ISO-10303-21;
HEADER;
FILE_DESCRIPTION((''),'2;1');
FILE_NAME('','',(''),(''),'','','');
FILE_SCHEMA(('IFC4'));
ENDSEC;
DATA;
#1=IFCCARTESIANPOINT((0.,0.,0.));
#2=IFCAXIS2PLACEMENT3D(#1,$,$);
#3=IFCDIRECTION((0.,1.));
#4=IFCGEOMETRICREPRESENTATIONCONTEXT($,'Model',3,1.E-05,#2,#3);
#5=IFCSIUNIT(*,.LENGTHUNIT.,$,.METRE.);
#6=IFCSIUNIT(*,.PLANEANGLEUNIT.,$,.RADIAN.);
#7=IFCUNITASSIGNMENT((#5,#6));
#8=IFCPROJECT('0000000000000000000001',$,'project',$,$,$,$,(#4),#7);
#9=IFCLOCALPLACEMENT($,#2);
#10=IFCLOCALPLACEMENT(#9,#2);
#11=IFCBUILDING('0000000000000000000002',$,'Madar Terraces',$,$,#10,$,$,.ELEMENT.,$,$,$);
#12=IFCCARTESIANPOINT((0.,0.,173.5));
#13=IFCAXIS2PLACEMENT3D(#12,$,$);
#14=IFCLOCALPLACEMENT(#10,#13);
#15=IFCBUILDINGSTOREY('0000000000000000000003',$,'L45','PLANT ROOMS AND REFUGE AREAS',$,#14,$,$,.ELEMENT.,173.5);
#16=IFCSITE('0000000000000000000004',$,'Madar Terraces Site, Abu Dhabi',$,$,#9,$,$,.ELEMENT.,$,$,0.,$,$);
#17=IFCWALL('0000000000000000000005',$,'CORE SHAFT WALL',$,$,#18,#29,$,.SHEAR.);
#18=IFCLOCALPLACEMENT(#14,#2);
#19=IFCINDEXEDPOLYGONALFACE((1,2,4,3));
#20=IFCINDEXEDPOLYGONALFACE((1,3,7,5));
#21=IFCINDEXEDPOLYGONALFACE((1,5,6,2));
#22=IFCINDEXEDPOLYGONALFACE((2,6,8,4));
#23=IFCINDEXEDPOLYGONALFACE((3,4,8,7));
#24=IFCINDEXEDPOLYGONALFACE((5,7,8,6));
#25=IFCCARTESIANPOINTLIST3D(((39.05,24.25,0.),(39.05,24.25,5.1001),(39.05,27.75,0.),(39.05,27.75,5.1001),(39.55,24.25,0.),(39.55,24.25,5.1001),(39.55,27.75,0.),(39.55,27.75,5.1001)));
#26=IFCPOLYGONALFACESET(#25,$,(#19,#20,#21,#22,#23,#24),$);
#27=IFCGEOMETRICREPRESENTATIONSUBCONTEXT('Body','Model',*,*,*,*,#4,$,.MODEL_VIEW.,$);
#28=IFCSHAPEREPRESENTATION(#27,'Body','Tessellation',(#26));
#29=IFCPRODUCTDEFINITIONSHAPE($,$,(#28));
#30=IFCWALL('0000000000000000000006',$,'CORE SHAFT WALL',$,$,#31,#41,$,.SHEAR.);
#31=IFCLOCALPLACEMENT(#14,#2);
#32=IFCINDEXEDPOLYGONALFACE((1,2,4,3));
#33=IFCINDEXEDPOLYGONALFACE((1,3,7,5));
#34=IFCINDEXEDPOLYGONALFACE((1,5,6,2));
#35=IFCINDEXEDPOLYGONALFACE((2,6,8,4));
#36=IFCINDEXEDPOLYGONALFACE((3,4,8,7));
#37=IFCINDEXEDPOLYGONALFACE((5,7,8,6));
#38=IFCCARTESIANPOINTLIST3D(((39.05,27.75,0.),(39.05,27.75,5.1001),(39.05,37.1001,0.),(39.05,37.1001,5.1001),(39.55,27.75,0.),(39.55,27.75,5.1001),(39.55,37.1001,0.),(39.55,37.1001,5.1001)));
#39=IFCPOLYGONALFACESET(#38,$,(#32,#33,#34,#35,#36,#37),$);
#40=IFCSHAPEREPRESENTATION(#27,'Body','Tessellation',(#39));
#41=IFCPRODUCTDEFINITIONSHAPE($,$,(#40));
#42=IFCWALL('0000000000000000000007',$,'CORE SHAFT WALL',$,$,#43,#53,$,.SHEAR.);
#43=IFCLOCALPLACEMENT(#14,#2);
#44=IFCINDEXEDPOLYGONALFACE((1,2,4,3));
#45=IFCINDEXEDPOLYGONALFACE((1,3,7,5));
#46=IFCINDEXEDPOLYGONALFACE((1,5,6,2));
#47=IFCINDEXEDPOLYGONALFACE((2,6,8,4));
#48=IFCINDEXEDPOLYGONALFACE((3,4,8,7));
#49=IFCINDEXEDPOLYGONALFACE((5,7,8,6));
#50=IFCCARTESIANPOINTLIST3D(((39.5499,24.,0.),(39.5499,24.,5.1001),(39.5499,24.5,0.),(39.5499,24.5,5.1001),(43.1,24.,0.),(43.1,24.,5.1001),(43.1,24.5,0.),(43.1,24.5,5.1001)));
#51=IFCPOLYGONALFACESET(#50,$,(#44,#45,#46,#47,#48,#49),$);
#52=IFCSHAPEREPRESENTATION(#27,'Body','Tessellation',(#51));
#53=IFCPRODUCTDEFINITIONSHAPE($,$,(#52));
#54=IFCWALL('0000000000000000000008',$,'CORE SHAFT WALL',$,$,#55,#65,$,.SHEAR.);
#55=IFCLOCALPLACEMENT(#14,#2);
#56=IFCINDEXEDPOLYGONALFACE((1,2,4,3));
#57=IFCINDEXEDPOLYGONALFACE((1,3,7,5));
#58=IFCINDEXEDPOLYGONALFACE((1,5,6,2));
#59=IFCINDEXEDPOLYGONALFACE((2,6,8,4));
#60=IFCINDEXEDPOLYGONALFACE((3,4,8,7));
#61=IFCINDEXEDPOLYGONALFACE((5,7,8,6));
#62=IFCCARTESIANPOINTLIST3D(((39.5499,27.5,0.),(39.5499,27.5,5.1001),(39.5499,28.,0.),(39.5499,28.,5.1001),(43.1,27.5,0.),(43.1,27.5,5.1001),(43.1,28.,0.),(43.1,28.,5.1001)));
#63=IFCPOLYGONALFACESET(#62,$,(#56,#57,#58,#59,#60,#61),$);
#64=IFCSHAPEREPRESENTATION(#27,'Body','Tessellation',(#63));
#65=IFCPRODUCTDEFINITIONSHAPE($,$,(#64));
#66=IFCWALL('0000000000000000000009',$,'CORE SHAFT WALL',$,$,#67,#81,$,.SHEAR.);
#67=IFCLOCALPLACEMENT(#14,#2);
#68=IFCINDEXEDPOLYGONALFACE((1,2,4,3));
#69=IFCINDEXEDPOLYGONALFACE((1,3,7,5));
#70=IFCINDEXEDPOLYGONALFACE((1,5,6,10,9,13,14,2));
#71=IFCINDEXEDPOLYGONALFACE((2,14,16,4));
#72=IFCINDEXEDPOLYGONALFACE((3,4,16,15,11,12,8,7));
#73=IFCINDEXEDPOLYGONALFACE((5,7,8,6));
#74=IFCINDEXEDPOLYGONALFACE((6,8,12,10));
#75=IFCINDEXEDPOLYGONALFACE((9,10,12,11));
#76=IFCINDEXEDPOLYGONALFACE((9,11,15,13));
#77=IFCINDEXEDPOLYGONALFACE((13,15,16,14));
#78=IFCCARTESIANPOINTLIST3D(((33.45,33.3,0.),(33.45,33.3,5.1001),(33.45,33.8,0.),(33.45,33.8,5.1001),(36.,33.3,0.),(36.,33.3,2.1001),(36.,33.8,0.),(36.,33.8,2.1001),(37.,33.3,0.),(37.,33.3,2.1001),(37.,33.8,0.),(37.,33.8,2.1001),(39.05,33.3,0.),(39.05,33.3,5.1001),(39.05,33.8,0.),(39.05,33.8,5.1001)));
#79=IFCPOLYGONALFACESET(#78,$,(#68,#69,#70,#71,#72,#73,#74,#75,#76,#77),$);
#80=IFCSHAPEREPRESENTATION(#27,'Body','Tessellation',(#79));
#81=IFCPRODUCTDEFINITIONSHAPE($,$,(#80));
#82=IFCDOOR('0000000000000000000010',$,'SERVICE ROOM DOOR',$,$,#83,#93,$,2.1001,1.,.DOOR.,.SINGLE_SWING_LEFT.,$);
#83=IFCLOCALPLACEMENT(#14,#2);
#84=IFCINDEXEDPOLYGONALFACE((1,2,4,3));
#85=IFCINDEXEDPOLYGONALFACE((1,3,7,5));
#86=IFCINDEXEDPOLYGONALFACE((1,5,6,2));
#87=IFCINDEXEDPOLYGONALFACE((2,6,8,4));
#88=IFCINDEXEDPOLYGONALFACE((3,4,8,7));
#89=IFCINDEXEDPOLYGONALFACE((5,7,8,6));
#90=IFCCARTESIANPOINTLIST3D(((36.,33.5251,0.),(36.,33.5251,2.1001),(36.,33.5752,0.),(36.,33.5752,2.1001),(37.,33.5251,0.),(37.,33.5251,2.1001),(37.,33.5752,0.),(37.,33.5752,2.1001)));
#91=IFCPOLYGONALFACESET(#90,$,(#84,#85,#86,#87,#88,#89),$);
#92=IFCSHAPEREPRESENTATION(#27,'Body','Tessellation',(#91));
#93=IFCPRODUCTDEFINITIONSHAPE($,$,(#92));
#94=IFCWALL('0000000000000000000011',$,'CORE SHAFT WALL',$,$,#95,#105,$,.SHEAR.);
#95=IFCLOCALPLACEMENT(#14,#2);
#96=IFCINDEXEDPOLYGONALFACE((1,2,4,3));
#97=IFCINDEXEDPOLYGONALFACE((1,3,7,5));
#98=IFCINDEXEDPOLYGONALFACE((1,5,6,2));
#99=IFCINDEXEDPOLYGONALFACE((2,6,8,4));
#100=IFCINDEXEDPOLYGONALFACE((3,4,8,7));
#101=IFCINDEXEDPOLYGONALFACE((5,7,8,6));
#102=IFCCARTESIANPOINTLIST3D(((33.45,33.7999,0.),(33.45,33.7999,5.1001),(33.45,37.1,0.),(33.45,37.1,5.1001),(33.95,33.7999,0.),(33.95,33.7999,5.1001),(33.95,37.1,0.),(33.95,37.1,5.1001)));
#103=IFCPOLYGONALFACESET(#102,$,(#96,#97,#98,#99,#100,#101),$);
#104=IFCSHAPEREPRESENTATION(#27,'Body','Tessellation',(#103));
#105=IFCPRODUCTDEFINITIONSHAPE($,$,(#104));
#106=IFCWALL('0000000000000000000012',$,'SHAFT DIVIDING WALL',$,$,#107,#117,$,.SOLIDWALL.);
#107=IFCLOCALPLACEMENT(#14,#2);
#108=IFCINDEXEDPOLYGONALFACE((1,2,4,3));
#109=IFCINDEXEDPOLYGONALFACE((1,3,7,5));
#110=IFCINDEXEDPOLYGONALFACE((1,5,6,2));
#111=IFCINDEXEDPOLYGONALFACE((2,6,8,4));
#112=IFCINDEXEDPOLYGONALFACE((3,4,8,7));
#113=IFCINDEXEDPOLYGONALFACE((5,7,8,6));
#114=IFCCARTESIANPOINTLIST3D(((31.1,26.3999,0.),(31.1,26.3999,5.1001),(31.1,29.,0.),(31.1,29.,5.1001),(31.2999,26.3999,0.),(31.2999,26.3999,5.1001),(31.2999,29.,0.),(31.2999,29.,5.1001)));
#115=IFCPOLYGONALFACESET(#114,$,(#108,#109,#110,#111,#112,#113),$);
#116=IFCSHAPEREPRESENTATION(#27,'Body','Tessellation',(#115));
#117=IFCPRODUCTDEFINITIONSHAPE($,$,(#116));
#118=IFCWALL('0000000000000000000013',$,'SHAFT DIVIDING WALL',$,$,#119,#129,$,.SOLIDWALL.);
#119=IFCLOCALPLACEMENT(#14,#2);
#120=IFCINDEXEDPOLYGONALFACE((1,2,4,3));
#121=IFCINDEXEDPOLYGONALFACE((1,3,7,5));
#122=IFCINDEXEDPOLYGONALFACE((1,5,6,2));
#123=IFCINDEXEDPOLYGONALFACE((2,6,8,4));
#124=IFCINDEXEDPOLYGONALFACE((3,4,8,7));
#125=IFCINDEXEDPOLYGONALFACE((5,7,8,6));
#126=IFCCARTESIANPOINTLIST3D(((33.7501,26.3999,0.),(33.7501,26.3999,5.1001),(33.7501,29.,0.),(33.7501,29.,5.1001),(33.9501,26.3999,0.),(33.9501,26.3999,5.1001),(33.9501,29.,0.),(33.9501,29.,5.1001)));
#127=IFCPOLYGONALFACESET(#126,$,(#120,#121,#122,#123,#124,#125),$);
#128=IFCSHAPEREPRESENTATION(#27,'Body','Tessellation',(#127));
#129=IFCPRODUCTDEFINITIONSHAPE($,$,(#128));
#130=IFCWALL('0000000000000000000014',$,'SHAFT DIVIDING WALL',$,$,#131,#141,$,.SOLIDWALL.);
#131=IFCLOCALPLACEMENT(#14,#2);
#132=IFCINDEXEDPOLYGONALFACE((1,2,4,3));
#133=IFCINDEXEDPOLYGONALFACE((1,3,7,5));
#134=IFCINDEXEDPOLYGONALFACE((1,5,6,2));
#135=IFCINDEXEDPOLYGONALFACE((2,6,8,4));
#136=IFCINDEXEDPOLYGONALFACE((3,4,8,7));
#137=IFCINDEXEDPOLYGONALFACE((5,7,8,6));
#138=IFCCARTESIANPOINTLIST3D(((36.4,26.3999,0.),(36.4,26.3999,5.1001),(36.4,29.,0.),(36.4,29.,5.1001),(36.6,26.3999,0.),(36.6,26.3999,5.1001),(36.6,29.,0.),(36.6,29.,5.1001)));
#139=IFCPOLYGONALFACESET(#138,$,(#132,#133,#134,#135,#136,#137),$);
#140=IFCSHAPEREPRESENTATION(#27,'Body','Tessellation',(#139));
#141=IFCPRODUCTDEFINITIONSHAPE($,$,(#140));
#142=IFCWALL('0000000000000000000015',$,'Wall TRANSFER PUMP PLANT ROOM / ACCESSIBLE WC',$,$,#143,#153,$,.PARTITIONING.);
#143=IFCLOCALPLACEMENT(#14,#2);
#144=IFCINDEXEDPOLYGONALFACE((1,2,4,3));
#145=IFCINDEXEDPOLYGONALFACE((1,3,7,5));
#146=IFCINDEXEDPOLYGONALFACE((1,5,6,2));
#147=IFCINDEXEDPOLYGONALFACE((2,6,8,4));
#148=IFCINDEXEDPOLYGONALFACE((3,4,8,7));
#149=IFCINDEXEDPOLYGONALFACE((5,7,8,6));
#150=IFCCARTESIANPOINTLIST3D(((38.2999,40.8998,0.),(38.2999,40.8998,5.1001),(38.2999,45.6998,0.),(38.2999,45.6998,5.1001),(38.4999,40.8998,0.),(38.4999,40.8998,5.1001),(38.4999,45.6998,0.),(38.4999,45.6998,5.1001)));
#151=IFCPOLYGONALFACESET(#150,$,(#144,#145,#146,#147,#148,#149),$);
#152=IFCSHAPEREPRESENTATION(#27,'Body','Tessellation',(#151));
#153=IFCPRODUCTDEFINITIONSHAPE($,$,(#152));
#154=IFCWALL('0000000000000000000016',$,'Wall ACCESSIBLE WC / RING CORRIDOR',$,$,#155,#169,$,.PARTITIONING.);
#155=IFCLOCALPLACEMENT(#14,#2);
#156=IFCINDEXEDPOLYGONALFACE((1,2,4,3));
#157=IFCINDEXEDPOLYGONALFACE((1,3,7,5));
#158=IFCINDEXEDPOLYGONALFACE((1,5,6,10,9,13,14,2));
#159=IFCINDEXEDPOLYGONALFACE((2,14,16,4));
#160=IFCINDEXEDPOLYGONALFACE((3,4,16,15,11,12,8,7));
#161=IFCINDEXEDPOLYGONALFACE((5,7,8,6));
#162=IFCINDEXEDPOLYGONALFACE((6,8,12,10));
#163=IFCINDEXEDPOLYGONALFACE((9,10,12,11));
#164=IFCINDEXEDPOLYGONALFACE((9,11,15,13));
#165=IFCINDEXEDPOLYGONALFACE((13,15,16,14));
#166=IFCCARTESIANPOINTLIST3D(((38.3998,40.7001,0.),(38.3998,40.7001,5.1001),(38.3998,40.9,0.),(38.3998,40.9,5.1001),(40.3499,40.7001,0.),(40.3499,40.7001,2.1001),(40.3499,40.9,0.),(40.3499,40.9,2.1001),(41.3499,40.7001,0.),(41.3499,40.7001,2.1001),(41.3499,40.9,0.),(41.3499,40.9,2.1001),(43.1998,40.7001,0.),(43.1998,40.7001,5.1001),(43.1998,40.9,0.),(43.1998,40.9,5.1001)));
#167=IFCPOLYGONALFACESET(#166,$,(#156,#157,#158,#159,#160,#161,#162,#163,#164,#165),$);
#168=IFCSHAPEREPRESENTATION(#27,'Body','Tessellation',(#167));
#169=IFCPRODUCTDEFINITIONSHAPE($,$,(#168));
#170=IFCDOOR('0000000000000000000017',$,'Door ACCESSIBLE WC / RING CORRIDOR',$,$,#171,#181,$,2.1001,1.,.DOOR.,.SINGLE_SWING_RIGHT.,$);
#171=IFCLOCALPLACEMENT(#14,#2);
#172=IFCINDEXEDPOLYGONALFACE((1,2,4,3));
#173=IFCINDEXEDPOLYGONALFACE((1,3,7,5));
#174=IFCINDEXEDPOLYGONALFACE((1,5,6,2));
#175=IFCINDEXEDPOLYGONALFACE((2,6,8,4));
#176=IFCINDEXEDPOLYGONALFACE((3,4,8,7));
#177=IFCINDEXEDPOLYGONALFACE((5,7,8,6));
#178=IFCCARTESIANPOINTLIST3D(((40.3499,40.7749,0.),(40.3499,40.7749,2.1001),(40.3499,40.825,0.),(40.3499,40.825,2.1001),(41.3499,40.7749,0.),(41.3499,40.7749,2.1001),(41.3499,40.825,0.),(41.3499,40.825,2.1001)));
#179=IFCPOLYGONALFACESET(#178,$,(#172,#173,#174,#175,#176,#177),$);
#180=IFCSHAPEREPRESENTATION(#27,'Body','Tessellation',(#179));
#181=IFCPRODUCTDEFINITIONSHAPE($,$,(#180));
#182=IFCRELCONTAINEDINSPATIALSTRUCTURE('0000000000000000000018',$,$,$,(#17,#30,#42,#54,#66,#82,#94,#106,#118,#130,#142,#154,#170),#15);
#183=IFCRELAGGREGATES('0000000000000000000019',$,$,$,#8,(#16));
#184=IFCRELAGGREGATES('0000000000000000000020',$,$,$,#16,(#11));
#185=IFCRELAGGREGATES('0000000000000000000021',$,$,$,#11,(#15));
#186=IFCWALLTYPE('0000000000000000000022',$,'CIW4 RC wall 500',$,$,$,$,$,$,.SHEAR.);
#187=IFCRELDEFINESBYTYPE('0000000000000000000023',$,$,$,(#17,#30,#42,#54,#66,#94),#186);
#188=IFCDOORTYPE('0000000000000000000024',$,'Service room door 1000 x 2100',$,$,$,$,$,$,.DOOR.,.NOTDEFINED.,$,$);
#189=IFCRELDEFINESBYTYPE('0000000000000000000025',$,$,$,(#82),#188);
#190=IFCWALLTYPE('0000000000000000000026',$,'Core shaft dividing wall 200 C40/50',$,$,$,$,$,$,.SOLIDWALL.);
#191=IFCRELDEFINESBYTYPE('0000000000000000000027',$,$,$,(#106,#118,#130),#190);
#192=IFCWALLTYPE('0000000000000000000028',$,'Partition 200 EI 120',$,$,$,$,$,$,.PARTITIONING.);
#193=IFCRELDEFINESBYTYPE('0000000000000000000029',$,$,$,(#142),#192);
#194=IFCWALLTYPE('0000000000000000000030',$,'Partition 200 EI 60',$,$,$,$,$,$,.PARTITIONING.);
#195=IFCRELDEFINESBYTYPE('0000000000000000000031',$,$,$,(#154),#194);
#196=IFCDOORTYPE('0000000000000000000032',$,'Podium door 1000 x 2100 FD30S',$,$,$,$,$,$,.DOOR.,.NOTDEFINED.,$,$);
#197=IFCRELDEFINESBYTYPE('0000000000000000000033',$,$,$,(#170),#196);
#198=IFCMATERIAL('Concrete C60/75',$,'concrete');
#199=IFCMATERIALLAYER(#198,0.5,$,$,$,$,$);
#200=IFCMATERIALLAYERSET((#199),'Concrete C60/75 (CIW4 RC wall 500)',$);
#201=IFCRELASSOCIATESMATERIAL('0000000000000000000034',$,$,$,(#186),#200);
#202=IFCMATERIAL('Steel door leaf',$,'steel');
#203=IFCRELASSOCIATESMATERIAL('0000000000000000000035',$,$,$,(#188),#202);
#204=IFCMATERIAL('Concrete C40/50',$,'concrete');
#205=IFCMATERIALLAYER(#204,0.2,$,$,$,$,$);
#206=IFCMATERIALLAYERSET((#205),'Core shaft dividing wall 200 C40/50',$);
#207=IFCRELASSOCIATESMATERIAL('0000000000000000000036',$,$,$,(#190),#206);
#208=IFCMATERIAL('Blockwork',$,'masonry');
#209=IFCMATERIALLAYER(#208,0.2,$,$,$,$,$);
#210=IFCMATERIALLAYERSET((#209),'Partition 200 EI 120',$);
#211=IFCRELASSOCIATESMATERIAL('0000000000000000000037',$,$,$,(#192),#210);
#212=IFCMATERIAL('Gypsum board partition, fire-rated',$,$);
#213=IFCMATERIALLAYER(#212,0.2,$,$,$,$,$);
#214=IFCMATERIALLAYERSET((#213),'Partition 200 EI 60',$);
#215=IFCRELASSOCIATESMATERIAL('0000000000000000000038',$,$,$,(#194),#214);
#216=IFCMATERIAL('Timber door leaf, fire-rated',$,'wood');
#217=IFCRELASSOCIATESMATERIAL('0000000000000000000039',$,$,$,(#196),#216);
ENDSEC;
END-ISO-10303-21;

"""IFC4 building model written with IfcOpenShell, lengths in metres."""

from ifc_helpers import new_model, si_unit, direction, frame, frame_2d, origin, place, context, subcontext, project, spatial, rectangle, extrude, material, layer, layer_set, type_object, element, fill, save


model = new_model("IFC4")

# Units and contexts
model_context = context("Model", 3, precision=1e-05, world=origin(), true_north=direction((0.0, 1.0)))
body_context = subcontext(model_context, "Body", "Model", "MODEL_VIEW")
ifc_project = project(units=[si_unit("LENGTHUNIT", "METRE"), si_unit("PLANEANGLEUNIT", "RADIAN")], contexts=[model_context])

# Site, building, storey
site_placement = place(None, origin())
site = spatial("IfcSite", under=ifc_project, at=site_placement, Name="Madar Terraces Site, Abu Dhabi", CompositionType="ELEMENT", RefElevation=0.0)
building_placement = place(site_placement, origin())
building = spatial("IfcBuilding", under=site, at=building_placement, Name="Madar Terraces", CompositionType="ELEMENT")
storey_placement = place(building_placement, frame((0.0, 0.0, 173.5)))
storey = spatial("IfcBuildingStorey", under=building, at=storey_placement, Name="L45", Description="PLANT ROOMS AND REFUGE AREAS", CompositionType="ELEMENT", Elevation=173.5)

# Walls
ifc_material_1 = material(Name="Concrete C60/75", Category="concrete")
ifc_layer_1 = layer(ifc_material_1, 0.5)
ifc_layer_set_1 = layer_set([ifc_layer_1], Name="Concrete C60/75 (CIW4 RC wall 500)")
wall_type_1 = type_object("IfcWallType", Name="CIW4 RC wall 500", PredefinedType="SHEAR", material=ifc_layer_set_1)
wall_1_placement = place(storey_placement, frame((39.3, 24.25, 0.0), z_axis=(0.0, 0.0, 1.0), x_axis=(0.0, 1.0, 0.0)))
element("IfcWall", 1, at=wall_1_placement, inside=storey, type_object=wall_type_1, Name="CORE SHAFT WALL", PredefinedType="SHEAR", context=body_context, shape_type="SweptSolid", body=[
    extrude(rectangle(XDim=3.5, YDim=0.5, at=frame_2d((1.75, 0.0))), origin(), (0.0, 0.0, 1.0), 5.1001),
])
wall_2_placement = place(storey_placement, frame((39.3, 27.75, 0.0), z_axis=(0.0, 0.0, 1.0), x_axis=(0.0, 1.0, 0.0)))
element("IfcWall", 2, at=wall_2_placement, inside=storey, type_object=wall_type_1, Name="CORE SHAFT WALL", PredefinedType="SHEAR", context=body_context, shape_type="SweptSolid", body=[
    extrude(rectangle(XDim=9.3501, YDim=0.5, at=frame_2d((4.675, 0.0))), origin(), (0.0, 0.0, 1.0), 5.1001),
])
for number, where, z_axis, x_axis, name in (
    (3, (39.55, 24.25, 0.0), (0.0, 0.0, 1.0), (1.0, 0.0, 0.0), "CORE SHAFT WALL"),
    (4, (39.55, 27.75, 0.0), (0.0, 0.0, 1.0), (1.0, 0.0, 0.0), "CORE SHAFT WALL"),
):
    element("IfcWall", number, at=place(storey_placement, frame(where, z_axis=z_axis, x_axis=x_axis)), inside=storey, type_object=wall_type_1, Name=name, PredefinedType="SHEAR", context=body_context, shape_type="SweptSolid", body=[
        extrude(rectangle(XDim=3.55, YDim=0.5, at=frame_2d((1.7749, 0.0))), origin(), (0.0, 0.0, 1.0), 5.1001),
    ])

# Wall, opening, door
wall_3_placement = place(storey_placement, frame((33.45, 33.55, 0.0), z_axis=(0.0, 0.0, 1.0), x_axis=(1.0, 0.0, 0.0)))
wall_3 = element("IfcWall", 5, at=wall_3_placement, inside=storey, type_object=wall_type_1, Name="CORE SHAFT WALL", PredefinedType="SHEAR", context=body_context, shape_type="SweptSolid", body=[
    extrude(rectangle(XDim=5.6001, YDim=0.5, at=frame_2d((2.8, 0.0))), origin(), (0.0, 0.0, 1.0), 5.1001),
])
opening_1_placement = place(wall_3_placement, frame((2.55, 0.0, 0.0)))
opening_1 = element("IfcOpeningElement", 6, at=opening_1_placement, cuts=wall_3, PredefinedType="OPENING", context=body_context, shape_type="SweptSolid", body=[
    extrude(rectangle(XDim=1.0, YDim=2.1001, at=frame_2d((0.5, 1.05))), frame((0.0, 0.26, 0.0), z_axis=(0.0, -1.0, 0.0), x_axis=(1.0, 0.0, 0.0)), (0.0, 0.0, 1.0), 0.52),
])
ifc_material_2 = material(Name="Steel door leaf", Category="steel")
door_type_1 = type_object("IfcDoorType", Name="Service room door 1000 x 2100", OperationType="NOTDEFINED", PredefinedType="DOOR", material=ifc_material_2)
door_1_placement = place(opening_1_placement, frame((1.0, 0.0, 0.0), z_axis=(0.0, 0.0, 1.0), x_axis=(-1.0, 0.0, 0.0)))
door_1 = element("IfcDoor", 7, at=door_1_placement, inside=storey, type_object=door_type_1, Name="SERVICE ROOM DOOR", OperationType="SINGLE_SWING_LEFT", OverallHeight=2.1001, OverallWidth=1.0, PredefinedType="DOOR", context=body_context, shape_type="SweptSolid", body=[
    extrude(rectangle(XDim=1.0, YDim=2.1001, at=frame_2d((0.5, 1.05))), frame((0.0, 0.0249, 0.0), z_axis=(0.0, -1.0, 0.0), x_axis=(1.0, 0.0, 0.0)), (0.0, 0.0, 1.0), 0.05),
])
fill(opening_1, door_1)

# Walls
wall_4_placement = place(storey_placement, frame((33.7, 33.8, 0.0), z_axis=(0.0, 0.0, 1.0), x_axis=(0.0, 1.0, 0.0)))
element("IfcWall", 8, at=wall_4_placement, inside=storey, type_object=wall_type_1, Name="CORE SHAFT WALL", PredefinedType="SHEAR", context=body_context, shape_type="SweptSolid", body=[
    extrude(rectangle(XDim=3.3, YDim=0.5, at=frame_2d((1.6499, 0.0))), origin(), (0.0, 0.0, 1.0), 5.1001),
])
ifc_material_3 = material(Name="Concrete C40/50", Category="concrete")
ifc_layer_2 = layer(ifc_material_3, 0.2)
ifc_layer_set_2 = layer_set([ifc_layer_2], Name="Core shaft dividing wall 200 C40/50")
wall_type_2 = type_object("IfcWallType", Name="Core shaft dividing wall 200 C40/50", PredefinedType="SOLIDWALL", material=ifc_layer_set_2)
for number, where, z_axis, x_axis, name in (
    (9, (31.2, 26.3999, 0.0), (0.0, 0.0, 1.0), (0.0, 1.0, 0.0), "SHAFT DIVIDING WALL"),
    (10, (33.8501, 26.3999, 0.0), (0.0, 0.0, 1.0), (0.0, 1.0, 0.0), "SHAFT DIVIDING WALL"),
    (11, (36.5, 26.3999, 0.0), (0.0, 0.0, 1.0), (0.0, 1.0, 0.0), "SHAFT DIVIDING WALL"),
):
    element("IfcWall", number, at=place(storey_placement, frame(where, z_axis=z_axis, x_axis=x_axis)), inside=storey, type_object=wall_type_2, Name=name, PredefinedType="SOLIDWALL", context=body_context, shape_type="SweptSolid", body=[
        extrude(rectangle(XDim=2.6001, YDim=0.2, at=frame_2d((1.3, 0.0))), origin(), (0.0, 0.0, 1.0), 5.1001),
    ])
ifc_material_4 = material(Name="Blockwork", Category="masonry")
ifc_layer_3 = layer(ifc_material_4, 0.2)
ifc_layer_set_3 = layer_set([ifc_layer_3], Name="Partition 200 EI 120")
wall_type_3 = type_object("IfcWallType", Name="Partition 200 EI 120", PredefinedType="PARTITIONING", material=ifc_layer_set_3)
wall_5_placement = place(storey_placement, frame((38.3999, 40.8999, 0.0), z_axis=(0.0, 0.0, 1.0), x_axis=(0.0, 1.0, 0.0)))
element("IfcWall", 12, at=wall_5_placement, inside=storey, type_object=wall_type_3, Name="Wall TRANSFER PUMP PLANT ROOM / ACCESSIBLE WC", PredefinedType="PARTITIONING", context=body_context, shape_type="SweptSolid", body=[
    extrude(rectangle(XDim=4.8, YDim=0.2, at=frame_2d((2.3999, 0.0))), origin(), (0.0, 0.0, 1.0), 5.1001),
])

# Wall, opening, door
ifc_material_5 = material(Name="Gypsum board partition, fire-rated")
ifc_layer_4 = layer(ifc_material_5, 0.2)
ifc_layer_set_4 = layer_set([ifc_layer_4], Name="Partition 200 EI 60")
wall_type_4 = type_object("IfcWallType", Name="Partition 200 EI 60", PredefinedType="PARTITIONING", material=ifc_layer_set_4)
wall_6_placement = place(storey_placement, frame((38.3999, 40.8, 0.0), z_axis=(0.0, 0.0, 1.0), x_axis=(1.0, 0.0, 0.0)))
wall_6 = element("IfcWall", 13, at=wall_6_placement, inside=storey, type_object=wall_type_4, Name="Wall ACCESSIBLE WC / RING CORRIDOR", PredefinedType="PARTITIONING", context=body_context, shape_type="SweptSolid", body=[
    extrude(rectangle(XDim=4.8, YDim=0.2, at=frame_2d((2.3999, 0.0))), origin(), (0.0, 0.0, 1.0), 5.1001),
])
opening_2_placement = place(wall_6_placement, frame((1.95, 0.0, 0.0)))
opening_2 = element("IfcOpeningElement", 14, at=opening_2_placement, cuts=wall_6, PredefinedType="OPENING", context=body_context, shape_type="SweptSolid", body=[
    extrude(rectangle(XDim=1.0, YDim=2.1001, at=frame_2d((0.5, 1.05))), frame((0.0, 0.1099, 0.0), z_axis=(0.0, -1.0, 0.0), x_axis=(1.0, 0.0, 0.0)), (0.0, 0.0, 1.0), 0.22),
])
ifc_material_6 = material(Name="Timber door leaf, fire-rated", Category="wood")
door_type_2 = type_object("IfcDoorType", Name="Podium door 1000 x 2100 FD30S", OperationType="NOTDEFINED", PredefinedType="DOOR", material=ifc_material_6)
door_2_placement = place(opening_2_placement, origin())
door_2 = element("IfcDoor", 15, at=door_2_placement, inside=storey, type_object=door_type_2, Name="Door ACCESSIBLE WC / RING CORRIDOR", OperationType="SINGLE_SWING_RIGHT", OverallHeight=2.1001, OverallWidth=1.0, PredefinedType="DOOR", context=body_context, shape_type="SweptSolid", body=[
    extrude(rectangle(XDim=1.0, YDim=2.1001, at=frame_2d((0.5, 1.05))), frame((0.0, 0.0249, 0.0), z_axis=(0.0, -1.0, 0.0), x_axis=(1.0, 0.0, 0.0)), (0.0, 0.0, 1.0), 0.05),
])
fill(opening_2, door_2)

save(model, "model.ifc")
